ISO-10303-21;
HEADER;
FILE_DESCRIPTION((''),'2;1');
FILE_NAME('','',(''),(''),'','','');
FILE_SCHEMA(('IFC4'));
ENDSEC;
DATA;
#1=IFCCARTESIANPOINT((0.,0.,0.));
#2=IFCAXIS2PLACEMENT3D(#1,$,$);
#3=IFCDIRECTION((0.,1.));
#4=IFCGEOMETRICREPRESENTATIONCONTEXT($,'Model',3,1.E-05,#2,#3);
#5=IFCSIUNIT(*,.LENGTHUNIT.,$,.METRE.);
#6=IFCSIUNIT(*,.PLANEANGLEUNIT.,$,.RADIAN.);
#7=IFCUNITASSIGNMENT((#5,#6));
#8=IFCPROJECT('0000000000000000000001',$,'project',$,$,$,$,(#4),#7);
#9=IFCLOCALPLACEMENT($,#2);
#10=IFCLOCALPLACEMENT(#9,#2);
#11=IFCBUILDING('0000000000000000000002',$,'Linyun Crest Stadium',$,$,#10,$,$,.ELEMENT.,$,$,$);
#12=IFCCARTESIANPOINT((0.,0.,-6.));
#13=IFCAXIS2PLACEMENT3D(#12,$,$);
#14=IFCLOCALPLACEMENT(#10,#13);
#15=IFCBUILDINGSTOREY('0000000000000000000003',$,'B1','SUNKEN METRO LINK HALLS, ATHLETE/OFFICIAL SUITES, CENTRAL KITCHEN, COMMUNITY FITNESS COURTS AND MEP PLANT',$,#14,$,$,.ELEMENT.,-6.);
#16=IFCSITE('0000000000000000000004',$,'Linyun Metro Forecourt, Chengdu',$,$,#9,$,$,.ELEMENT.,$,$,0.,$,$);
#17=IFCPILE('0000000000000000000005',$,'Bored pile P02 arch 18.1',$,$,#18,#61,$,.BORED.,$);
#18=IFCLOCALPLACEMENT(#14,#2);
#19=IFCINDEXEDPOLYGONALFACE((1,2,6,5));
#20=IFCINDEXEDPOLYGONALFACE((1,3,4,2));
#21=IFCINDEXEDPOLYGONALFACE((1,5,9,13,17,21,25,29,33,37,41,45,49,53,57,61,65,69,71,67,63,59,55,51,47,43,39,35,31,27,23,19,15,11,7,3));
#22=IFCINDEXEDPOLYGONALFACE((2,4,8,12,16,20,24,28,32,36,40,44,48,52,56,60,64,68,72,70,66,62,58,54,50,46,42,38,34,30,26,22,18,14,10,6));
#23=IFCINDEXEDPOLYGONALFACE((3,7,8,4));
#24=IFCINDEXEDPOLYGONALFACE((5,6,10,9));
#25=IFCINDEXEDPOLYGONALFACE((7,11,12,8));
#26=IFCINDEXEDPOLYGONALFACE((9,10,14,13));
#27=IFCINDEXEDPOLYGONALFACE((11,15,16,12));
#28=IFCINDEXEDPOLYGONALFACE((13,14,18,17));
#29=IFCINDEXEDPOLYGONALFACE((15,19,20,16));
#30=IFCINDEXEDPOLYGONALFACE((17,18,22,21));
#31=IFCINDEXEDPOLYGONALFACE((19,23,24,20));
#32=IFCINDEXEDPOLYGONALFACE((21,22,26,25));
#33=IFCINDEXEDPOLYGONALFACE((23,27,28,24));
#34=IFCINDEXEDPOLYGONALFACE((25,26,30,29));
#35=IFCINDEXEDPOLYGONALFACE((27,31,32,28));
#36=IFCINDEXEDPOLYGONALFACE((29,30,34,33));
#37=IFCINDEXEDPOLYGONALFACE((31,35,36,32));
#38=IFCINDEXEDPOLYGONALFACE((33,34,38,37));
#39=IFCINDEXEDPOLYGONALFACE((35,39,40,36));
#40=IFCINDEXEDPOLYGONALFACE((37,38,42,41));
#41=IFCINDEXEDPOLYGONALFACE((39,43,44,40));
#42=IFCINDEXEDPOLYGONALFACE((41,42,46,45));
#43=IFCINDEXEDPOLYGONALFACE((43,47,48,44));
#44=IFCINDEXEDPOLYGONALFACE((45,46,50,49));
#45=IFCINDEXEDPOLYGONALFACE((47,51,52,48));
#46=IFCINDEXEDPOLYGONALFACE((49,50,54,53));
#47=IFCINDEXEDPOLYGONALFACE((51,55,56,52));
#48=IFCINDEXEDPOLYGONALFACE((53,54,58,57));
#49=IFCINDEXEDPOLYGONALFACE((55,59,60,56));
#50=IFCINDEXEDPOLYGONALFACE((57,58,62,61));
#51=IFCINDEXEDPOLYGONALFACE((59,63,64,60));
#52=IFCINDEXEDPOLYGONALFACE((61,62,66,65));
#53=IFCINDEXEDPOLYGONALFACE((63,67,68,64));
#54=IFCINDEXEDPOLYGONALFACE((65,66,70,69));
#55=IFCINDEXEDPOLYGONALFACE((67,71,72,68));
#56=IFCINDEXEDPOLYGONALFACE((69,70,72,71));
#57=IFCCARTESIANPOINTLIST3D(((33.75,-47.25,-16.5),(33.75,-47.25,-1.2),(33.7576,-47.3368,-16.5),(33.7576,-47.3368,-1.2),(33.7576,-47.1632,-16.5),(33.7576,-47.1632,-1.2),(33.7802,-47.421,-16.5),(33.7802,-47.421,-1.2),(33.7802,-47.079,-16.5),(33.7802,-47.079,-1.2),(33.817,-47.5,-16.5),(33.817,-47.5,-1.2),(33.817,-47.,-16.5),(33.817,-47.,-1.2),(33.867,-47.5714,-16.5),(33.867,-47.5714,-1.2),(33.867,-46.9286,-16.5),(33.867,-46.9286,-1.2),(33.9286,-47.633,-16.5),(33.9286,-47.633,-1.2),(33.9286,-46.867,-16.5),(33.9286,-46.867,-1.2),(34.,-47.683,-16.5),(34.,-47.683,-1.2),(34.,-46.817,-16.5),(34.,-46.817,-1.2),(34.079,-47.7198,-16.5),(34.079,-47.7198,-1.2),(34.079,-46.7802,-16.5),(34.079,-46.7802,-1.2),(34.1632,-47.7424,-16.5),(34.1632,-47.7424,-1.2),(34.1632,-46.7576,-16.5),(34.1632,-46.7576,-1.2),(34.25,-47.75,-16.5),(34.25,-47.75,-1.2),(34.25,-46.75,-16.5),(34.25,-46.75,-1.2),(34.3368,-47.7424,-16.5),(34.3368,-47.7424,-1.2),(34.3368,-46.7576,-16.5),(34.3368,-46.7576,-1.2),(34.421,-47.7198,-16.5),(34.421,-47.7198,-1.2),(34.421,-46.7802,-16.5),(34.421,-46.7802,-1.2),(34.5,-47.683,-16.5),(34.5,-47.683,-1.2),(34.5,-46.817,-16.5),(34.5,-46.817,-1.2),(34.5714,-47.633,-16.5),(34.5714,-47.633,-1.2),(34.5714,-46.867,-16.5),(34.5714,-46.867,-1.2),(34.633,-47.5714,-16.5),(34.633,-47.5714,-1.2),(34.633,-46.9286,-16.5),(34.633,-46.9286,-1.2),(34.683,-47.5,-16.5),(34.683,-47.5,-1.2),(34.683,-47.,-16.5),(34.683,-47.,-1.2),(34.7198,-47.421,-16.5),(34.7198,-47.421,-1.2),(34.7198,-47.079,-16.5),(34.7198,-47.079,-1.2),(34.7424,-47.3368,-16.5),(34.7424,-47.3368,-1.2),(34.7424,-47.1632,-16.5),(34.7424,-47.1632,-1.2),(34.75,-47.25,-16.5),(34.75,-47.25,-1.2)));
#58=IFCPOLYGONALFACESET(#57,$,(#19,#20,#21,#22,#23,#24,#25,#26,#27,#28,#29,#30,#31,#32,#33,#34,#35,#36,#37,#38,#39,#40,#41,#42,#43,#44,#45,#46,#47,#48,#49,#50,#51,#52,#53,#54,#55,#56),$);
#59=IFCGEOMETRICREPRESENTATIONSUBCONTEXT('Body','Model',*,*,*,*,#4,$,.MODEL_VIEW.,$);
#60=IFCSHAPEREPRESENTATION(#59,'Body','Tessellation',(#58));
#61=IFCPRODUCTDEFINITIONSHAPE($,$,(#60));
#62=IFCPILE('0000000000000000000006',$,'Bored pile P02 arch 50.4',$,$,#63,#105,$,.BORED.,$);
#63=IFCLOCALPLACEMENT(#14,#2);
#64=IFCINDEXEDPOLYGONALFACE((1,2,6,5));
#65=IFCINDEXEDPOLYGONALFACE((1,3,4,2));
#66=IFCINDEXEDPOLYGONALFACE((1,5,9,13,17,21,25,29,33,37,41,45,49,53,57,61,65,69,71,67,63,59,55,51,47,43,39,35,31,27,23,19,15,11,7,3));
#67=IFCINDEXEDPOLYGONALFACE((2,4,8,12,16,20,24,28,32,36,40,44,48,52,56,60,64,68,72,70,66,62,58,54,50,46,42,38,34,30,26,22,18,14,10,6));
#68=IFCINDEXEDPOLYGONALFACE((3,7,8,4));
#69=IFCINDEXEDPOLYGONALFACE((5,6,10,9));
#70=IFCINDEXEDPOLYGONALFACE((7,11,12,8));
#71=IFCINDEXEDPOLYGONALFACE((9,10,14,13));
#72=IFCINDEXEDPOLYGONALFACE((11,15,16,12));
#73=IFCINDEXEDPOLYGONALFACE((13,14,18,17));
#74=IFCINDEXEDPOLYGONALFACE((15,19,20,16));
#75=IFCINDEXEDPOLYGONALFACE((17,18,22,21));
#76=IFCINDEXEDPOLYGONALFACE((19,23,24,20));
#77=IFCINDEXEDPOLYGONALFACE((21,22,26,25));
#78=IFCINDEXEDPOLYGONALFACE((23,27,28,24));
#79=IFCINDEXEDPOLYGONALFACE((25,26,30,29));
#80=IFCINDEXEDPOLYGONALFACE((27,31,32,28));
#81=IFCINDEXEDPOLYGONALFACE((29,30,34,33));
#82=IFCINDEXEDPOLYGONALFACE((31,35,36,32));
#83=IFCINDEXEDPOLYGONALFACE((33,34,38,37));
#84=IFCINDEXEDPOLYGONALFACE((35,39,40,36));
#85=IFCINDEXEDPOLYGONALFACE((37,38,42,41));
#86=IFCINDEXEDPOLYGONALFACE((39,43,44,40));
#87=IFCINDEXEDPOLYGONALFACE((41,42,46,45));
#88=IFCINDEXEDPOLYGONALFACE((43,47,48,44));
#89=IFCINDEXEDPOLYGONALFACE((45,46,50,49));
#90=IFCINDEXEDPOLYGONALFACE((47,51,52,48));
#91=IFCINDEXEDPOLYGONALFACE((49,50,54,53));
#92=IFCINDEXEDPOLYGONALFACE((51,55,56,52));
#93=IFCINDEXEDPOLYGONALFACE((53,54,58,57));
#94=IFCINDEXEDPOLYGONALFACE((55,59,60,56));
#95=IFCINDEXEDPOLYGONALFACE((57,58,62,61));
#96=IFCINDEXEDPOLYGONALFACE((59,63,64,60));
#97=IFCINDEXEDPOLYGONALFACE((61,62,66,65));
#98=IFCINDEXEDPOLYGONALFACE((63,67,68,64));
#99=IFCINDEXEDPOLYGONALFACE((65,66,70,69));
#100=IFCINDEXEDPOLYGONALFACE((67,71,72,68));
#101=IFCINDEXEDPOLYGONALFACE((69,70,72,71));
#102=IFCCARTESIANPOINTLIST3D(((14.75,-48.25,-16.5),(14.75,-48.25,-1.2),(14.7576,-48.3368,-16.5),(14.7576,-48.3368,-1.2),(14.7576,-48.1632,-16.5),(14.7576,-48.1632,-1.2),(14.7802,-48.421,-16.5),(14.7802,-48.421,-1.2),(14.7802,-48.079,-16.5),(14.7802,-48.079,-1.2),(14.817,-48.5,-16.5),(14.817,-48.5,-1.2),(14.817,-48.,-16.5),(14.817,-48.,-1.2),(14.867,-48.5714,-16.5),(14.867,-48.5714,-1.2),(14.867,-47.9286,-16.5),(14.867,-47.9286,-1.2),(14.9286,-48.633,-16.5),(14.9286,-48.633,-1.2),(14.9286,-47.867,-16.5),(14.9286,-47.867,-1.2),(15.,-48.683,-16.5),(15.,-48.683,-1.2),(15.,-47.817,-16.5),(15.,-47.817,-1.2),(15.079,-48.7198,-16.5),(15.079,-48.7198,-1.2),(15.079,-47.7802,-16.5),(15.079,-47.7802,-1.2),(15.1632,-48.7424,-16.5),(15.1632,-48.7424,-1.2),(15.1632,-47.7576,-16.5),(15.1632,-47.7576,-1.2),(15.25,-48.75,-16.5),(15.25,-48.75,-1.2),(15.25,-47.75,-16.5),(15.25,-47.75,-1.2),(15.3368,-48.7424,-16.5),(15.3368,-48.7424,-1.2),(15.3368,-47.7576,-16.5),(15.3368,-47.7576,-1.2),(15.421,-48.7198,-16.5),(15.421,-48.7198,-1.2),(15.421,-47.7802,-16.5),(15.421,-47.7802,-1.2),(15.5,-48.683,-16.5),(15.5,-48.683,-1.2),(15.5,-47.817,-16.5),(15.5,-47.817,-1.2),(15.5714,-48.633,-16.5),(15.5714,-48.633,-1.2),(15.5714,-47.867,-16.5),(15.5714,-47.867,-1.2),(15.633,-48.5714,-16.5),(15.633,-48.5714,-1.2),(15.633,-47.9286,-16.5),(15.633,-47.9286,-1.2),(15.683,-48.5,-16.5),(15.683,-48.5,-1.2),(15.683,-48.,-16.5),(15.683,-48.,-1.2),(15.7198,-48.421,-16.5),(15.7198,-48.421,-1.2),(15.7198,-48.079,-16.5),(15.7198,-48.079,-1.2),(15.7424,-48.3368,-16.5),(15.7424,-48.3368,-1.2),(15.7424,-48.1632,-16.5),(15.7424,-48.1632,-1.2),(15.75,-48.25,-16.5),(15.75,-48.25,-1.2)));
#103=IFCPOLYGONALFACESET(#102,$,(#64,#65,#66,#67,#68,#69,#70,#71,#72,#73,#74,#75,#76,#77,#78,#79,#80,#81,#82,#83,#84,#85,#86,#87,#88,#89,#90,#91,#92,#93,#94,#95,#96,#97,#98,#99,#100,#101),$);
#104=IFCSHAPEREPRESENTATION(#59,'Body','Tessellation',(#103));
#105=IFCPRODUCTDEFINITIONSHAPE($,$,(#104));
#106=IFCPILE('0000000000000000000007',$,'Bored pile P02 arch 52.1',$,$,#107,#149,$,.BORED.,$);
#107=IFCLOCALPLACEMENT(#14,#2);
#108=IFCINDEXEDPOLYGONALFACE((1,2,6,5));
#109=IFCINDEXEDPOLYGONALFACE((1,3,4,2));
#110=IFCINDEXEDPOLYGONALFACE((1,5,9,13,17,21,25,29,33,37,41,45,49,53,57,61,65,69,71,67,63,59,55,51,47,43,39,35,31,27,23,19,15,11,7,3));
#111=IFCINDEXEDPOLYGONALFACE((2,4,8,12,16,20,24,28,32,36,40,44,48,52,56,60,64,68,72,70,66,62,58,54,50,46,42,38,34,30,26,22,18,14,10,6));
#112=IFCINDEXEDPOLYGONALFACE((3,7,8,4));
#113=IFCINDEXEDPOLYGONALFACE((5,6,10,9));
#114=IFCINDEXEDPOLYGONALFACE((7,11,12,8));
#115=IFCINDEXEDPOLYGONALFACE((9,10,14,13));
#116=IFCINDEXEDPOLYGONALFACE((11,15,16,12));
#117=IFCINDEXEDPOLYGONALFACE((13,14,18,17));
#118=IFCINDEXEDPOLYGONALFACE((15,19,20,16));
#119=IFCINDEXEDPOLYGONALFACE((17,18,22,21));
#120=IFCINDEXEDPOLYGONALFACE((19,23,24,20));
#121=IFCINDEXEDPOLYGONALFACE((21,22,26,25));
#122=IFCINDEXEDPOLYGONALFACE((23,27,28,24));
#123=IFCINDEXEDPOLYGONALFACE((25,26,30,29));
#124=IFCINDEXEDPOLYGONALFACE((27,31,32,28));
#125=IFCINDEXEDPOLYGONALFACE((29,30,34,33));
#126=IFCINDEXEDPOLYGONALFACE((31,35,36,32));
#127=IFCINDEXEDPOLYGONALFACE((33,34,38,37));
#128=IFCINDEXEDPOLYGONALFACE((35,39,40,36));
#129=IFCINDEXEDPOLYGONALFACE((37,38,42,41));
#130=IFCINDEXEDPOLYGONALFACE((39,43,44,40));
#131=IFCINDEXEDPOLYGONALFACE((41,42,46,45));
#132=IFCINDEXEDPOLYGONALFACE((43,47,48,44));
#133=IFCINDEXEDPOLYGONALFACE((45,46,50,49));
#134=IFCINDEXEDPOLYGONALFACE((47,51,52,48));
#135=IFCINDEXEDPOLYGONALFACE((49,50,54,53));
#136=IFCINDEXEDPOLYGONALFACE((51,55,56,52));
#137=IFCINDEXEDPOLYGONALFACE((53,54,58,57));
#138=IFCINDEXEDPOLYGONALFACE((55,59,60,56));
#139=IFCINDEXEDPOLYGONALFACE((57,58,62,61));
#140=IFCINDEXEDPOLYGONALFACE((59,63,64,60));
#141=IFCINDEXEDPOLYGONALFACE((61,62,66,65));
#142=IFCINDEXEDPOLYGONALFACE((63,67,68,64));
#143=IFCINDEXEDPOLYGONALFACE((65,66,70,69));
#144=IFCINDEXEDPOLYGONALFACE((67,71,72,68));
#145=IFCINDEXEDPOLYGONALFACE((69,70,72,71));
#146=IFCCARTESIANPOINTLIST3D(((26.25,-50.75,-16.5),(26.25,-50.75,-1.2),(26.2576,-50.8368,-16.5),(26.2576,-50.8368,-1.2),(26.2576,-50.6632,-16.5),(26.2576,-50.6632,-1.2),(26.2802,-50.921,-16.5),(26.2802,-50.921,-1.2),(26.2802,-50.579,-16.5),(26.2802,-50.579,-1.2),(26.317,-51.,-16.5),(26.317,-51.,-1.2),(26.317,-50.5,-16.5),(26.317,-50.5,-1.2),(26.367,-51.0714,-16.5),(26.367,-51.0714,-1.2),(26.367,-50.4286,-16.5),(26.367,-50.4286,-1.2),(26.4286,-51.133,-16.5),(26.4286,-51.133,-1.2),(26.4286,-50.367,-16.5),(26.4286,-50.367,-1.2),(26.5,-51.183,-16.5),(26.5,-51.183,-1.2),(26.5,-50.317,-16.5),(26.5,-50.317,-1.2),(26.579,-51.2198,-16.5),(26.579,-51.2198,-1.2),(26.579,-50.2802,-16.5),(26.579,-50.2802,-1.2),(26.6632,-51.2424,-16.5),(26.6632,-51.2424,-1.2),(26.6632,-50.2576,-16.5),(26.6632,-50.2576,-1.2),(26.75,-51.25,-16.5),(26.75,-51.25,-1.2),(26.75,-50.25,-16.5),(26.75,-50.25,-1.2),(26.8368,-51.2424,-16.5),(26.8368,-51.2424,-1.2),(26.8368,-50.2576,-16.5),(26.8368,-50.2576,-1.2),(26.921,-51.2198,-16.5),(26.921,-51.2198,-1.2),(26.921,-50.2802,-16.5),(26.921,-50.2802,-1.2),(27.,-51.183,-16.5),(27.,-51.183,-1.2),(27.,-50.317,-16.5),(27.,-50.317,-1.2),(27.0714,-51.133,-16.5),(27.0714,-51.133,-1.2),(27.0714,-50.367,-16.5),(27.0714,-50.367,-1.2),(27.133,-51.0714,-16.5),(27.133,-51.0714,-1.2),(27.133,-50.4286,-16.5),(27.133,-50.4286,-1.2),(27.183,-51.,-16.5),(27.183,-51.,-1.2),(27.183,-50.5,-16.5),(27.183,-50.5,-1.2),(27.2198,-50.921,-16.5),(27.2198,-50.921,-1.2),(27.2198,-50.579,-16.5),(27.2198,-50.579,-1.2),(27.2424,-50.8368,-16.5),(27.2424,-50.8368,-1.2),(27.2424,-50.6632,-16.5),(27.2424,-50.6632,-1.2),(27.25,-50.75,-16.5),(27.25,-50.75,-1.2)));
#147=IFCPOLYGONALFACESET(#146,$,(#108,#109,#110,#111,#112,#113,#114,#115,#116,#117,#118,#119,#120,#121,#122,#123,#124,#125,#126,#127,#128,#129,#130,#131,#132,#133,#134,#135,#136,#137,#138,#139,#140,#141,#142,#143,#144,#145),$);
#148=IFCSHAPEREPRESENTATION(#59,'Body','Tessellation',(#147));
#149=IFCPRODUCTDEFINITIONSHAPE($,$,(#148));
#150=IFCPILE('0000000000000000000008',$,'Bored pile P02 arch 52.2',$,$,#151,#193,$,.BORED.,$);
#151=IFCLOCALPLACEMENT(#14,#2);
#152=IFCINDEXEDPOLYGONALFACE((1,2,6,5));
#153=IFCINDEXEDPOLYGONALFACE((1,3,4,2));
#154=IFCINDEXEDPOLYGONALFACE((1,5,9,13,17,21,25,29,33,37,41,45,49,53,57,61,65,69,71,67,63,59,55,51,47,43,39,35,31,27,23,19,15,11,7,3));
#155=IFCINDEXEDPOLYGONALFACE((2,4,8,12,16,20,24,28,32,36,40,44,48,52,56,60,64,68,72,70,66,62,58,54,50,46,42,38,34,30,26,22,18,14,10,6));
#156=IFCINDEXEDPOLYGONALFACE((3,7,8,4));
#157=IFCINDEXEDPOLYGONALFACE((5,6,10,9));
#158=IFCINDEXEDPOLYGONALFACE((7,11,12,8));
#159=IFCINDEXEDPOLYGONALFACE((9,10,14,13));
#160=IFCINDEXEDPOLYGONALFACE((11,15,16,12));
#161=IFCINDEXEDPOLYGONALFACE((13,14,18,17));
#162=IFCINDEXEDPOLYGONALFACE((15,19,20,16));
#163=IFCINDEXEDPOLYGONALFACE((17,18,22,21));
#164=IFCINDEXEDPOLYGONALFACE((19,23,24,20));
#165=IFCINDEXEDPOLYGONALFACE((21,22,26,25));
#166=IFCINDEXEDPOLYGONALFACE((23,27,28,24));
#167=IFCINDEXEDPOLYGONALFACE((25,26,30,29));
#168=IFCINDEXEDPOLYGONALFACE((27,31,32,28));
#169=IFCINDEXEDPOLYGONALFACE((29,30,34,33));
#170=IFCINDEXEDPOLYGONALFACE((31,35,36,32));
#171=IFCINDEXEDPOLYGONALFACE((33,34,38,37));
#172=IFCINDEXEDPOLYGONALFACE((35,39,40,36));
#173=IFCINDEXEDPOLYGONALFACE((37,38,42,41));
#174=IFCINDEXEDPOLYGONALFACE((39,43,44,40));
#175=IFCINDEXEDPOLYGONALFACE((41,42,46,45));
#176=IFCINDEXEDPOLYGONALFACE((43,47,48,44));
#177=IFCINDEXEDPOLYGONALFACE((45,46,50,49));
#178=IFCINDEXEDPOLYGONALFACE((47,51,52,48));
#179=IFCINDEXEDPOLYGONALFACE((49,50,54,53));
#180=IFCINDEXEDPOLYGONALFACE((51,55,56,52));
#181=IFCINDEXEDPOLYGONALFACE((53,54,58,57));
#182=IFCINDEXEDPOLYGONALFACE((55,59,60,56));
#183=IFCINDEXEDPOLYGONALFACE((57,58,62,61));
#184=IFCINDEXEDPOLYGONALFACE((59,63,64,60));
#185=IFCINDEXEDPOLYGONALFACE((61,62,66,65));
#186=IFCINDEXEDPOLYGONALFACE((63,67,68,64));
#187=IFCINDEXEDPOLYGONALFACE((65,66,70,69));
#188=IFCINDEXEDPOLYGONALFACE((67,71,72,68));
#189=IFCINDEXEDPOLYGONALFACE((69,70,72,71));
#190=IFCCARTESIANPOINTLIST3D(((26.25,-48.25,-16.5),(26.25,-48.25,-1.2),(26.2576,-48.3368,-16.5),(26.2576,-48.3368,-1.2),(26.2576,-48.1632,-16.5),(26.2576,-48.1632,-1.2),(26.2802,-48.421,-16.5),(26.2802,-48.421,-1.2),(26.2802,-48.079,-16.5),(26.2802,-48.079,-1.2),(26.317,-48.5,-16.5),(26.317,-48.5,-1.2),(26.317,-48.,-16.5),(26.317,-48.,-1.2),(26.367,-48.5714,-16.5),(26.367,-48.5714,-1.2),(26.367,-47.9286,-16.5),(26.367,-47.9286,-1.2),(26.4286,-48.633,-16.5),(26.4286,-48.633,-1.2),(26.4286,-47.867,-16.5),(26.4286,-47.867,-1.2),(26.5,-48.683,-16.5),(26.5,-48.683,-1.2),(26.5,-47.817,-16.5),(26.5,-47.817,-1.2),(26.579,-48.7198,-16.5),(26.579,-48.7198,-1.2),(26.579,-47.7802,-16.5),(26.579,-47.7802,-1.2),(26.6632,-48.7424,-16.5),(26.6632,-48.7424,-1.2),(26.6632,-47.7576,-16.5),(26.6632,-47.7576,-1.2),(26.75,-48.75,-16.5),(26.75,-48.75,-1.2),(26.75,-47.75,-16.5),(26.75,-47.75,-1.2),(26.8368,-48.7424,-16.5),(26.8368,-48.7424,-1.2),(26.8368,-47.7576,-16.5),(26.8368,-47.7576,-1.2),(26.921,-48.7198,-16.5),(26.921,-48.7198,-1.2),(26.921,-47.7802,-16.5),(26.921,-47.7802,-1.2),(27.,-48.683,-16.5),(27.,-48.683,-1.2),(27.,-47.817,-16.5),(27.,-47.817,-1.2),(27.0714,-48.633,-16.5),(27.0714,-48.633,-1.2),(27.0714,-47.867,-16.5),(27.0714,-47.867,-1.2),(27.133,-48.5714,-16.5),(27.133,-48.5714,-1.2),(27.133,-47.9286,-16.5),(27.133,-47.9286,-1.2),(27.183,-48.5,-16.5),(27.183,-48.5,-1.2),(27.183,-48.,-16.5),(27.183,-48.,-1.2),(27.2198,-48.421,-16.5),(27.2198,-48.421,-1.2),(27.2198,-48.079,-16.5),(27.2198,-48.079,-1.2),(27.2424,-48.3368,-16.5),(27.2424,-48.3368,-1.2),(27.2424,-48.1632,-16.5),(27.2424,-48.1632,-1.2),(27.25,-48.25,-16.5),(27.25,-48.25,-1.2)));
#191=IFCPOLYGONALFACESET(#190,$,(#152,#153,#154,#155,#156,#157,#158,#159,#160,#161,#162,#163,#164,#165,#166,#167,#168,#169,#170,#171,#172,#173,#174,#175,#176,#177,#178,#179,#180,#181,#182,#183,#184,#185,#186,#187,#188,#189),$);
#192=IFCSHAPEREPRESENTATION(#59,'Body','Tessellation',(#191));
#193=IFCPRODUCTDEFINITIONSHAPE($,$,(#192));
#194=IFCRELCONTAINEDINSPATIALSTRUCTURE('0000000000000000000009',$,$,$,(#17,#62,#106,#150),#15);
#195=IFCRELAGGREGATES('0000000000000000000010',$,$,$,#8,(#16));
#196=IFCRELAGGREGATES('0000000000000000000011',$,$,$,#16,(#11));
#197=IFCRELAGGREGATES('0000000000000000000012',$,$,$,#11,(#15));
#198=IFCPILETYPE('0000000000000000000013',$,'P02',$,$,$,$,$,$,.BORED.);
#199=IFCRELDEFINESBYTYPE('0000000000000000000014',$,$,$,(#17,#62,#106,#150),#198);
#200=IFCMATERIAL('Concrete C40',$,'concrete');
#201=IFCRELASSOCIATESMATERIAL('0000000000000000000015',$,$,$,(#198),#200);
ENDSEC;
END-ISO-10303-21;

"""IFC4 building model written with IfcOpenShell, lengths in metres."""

from ifc_helpers import new_model, si_unit, direction, frame, origin, origin_2d, place, context, subcontext, project, spatial, circle, extrude, material, material_profile, profile_set, type_object, element, save


model = new_model("IFC4")

# Units and contexts
model_context = context("Model", 3, precision=1e-05, world=origin(), true_north=direction((0.0, 1.0)))
body_context = subcontext(model_context, "Body", "Model", "MODEL_VIEW")
ifc_project = project(units=[si_unit("LENGTHUNIT", "METRE"), si_unit("PLANEANGLEUNIT", "RADIAN")], contexts=[model_context])

# Site, building, storey
site_placement = place(None, origin())
site = spatial("IfcSite", under=ifc_project, at=site_placement, Name="Linyun Metro Forecourt, Chengdu", CompositionType="ELEMENT", RefElevation=0.0)
building_placement = place(site_placement, origin())
building = spatial("IfcBuilding", under=site, at=building_placement, Name="Linyun Crest Stadium", CompositionType="ELEMENT")
storey_placement = place(building_placement, frame((0.0, 0.0, -6.0)))
storey = spatial("IfcBuildingStorey", under=building, at=storey_placement, Name="B1", Description="SUNKEN METRO LINK HALLS, ATHLETE/OFFICIAL SUITES, CENTRAL KITCHEN, COMMUNITY FITNESS COURTS AND MEP PLANT", CompositionType="ELEMENT", Elevation=-6.0)

# Piles
ifc_material_1 = material(Name="Concrete C40", Category="concrete")
ifc_material_profile_1 = material_profile(ifc_material_1, circle(Radius=0.5, at=origin_2d()), Name="BORED PILE 1000")
ifc_profile_set_1 = profile_set([ifc_material_profile_1], Name="Concrete C40")
pile_type_1 = type_object("IfcPileType", Name="P02", PredefinedType="BORED", material=ifc_profile_set_1)
for number, where, z_axis, x_axis, name in (
    (1, (34.25, -47.25, -1.2), (0.0, 0.0, -1.0), (1.0, 0.0, 0.0), "Bored pile P02 arch 18.1"),
    (2, (15.25, -48.25, -1.2), (0.0, 0.0, -1.0), (1.0, 0.0, 0.0), "Bored pile P02 arch 50.4"),
    (3, (26.75, -50.75, -1.2), (0.0, 0.0, -1.0), (1.0, 0.0, 0.0), "Bored pile P02 arch 52.1"),
    (4, (26.75, -48.25, -1.2), (0.0, 0.0, -1.0), (1.0, 0.0, 0.0), "Bored pile P02 arch 52.2"),
):
    element("IfcPile", number, at=place(storey_placement, frame(where, z_axis=z_axis, x_axis=x_axis)), inside=storey, type_object=pile_type_1, Name=name, PredefinedType="BORED", context=body_context, shape_type="SweptSolid", body=[
        extrude(circle(Radius=0.5, at=origin_2d()), origin(), (0.0, 0.0, 1.0), 15.3),
    ])

save(model, "model.ifc")
